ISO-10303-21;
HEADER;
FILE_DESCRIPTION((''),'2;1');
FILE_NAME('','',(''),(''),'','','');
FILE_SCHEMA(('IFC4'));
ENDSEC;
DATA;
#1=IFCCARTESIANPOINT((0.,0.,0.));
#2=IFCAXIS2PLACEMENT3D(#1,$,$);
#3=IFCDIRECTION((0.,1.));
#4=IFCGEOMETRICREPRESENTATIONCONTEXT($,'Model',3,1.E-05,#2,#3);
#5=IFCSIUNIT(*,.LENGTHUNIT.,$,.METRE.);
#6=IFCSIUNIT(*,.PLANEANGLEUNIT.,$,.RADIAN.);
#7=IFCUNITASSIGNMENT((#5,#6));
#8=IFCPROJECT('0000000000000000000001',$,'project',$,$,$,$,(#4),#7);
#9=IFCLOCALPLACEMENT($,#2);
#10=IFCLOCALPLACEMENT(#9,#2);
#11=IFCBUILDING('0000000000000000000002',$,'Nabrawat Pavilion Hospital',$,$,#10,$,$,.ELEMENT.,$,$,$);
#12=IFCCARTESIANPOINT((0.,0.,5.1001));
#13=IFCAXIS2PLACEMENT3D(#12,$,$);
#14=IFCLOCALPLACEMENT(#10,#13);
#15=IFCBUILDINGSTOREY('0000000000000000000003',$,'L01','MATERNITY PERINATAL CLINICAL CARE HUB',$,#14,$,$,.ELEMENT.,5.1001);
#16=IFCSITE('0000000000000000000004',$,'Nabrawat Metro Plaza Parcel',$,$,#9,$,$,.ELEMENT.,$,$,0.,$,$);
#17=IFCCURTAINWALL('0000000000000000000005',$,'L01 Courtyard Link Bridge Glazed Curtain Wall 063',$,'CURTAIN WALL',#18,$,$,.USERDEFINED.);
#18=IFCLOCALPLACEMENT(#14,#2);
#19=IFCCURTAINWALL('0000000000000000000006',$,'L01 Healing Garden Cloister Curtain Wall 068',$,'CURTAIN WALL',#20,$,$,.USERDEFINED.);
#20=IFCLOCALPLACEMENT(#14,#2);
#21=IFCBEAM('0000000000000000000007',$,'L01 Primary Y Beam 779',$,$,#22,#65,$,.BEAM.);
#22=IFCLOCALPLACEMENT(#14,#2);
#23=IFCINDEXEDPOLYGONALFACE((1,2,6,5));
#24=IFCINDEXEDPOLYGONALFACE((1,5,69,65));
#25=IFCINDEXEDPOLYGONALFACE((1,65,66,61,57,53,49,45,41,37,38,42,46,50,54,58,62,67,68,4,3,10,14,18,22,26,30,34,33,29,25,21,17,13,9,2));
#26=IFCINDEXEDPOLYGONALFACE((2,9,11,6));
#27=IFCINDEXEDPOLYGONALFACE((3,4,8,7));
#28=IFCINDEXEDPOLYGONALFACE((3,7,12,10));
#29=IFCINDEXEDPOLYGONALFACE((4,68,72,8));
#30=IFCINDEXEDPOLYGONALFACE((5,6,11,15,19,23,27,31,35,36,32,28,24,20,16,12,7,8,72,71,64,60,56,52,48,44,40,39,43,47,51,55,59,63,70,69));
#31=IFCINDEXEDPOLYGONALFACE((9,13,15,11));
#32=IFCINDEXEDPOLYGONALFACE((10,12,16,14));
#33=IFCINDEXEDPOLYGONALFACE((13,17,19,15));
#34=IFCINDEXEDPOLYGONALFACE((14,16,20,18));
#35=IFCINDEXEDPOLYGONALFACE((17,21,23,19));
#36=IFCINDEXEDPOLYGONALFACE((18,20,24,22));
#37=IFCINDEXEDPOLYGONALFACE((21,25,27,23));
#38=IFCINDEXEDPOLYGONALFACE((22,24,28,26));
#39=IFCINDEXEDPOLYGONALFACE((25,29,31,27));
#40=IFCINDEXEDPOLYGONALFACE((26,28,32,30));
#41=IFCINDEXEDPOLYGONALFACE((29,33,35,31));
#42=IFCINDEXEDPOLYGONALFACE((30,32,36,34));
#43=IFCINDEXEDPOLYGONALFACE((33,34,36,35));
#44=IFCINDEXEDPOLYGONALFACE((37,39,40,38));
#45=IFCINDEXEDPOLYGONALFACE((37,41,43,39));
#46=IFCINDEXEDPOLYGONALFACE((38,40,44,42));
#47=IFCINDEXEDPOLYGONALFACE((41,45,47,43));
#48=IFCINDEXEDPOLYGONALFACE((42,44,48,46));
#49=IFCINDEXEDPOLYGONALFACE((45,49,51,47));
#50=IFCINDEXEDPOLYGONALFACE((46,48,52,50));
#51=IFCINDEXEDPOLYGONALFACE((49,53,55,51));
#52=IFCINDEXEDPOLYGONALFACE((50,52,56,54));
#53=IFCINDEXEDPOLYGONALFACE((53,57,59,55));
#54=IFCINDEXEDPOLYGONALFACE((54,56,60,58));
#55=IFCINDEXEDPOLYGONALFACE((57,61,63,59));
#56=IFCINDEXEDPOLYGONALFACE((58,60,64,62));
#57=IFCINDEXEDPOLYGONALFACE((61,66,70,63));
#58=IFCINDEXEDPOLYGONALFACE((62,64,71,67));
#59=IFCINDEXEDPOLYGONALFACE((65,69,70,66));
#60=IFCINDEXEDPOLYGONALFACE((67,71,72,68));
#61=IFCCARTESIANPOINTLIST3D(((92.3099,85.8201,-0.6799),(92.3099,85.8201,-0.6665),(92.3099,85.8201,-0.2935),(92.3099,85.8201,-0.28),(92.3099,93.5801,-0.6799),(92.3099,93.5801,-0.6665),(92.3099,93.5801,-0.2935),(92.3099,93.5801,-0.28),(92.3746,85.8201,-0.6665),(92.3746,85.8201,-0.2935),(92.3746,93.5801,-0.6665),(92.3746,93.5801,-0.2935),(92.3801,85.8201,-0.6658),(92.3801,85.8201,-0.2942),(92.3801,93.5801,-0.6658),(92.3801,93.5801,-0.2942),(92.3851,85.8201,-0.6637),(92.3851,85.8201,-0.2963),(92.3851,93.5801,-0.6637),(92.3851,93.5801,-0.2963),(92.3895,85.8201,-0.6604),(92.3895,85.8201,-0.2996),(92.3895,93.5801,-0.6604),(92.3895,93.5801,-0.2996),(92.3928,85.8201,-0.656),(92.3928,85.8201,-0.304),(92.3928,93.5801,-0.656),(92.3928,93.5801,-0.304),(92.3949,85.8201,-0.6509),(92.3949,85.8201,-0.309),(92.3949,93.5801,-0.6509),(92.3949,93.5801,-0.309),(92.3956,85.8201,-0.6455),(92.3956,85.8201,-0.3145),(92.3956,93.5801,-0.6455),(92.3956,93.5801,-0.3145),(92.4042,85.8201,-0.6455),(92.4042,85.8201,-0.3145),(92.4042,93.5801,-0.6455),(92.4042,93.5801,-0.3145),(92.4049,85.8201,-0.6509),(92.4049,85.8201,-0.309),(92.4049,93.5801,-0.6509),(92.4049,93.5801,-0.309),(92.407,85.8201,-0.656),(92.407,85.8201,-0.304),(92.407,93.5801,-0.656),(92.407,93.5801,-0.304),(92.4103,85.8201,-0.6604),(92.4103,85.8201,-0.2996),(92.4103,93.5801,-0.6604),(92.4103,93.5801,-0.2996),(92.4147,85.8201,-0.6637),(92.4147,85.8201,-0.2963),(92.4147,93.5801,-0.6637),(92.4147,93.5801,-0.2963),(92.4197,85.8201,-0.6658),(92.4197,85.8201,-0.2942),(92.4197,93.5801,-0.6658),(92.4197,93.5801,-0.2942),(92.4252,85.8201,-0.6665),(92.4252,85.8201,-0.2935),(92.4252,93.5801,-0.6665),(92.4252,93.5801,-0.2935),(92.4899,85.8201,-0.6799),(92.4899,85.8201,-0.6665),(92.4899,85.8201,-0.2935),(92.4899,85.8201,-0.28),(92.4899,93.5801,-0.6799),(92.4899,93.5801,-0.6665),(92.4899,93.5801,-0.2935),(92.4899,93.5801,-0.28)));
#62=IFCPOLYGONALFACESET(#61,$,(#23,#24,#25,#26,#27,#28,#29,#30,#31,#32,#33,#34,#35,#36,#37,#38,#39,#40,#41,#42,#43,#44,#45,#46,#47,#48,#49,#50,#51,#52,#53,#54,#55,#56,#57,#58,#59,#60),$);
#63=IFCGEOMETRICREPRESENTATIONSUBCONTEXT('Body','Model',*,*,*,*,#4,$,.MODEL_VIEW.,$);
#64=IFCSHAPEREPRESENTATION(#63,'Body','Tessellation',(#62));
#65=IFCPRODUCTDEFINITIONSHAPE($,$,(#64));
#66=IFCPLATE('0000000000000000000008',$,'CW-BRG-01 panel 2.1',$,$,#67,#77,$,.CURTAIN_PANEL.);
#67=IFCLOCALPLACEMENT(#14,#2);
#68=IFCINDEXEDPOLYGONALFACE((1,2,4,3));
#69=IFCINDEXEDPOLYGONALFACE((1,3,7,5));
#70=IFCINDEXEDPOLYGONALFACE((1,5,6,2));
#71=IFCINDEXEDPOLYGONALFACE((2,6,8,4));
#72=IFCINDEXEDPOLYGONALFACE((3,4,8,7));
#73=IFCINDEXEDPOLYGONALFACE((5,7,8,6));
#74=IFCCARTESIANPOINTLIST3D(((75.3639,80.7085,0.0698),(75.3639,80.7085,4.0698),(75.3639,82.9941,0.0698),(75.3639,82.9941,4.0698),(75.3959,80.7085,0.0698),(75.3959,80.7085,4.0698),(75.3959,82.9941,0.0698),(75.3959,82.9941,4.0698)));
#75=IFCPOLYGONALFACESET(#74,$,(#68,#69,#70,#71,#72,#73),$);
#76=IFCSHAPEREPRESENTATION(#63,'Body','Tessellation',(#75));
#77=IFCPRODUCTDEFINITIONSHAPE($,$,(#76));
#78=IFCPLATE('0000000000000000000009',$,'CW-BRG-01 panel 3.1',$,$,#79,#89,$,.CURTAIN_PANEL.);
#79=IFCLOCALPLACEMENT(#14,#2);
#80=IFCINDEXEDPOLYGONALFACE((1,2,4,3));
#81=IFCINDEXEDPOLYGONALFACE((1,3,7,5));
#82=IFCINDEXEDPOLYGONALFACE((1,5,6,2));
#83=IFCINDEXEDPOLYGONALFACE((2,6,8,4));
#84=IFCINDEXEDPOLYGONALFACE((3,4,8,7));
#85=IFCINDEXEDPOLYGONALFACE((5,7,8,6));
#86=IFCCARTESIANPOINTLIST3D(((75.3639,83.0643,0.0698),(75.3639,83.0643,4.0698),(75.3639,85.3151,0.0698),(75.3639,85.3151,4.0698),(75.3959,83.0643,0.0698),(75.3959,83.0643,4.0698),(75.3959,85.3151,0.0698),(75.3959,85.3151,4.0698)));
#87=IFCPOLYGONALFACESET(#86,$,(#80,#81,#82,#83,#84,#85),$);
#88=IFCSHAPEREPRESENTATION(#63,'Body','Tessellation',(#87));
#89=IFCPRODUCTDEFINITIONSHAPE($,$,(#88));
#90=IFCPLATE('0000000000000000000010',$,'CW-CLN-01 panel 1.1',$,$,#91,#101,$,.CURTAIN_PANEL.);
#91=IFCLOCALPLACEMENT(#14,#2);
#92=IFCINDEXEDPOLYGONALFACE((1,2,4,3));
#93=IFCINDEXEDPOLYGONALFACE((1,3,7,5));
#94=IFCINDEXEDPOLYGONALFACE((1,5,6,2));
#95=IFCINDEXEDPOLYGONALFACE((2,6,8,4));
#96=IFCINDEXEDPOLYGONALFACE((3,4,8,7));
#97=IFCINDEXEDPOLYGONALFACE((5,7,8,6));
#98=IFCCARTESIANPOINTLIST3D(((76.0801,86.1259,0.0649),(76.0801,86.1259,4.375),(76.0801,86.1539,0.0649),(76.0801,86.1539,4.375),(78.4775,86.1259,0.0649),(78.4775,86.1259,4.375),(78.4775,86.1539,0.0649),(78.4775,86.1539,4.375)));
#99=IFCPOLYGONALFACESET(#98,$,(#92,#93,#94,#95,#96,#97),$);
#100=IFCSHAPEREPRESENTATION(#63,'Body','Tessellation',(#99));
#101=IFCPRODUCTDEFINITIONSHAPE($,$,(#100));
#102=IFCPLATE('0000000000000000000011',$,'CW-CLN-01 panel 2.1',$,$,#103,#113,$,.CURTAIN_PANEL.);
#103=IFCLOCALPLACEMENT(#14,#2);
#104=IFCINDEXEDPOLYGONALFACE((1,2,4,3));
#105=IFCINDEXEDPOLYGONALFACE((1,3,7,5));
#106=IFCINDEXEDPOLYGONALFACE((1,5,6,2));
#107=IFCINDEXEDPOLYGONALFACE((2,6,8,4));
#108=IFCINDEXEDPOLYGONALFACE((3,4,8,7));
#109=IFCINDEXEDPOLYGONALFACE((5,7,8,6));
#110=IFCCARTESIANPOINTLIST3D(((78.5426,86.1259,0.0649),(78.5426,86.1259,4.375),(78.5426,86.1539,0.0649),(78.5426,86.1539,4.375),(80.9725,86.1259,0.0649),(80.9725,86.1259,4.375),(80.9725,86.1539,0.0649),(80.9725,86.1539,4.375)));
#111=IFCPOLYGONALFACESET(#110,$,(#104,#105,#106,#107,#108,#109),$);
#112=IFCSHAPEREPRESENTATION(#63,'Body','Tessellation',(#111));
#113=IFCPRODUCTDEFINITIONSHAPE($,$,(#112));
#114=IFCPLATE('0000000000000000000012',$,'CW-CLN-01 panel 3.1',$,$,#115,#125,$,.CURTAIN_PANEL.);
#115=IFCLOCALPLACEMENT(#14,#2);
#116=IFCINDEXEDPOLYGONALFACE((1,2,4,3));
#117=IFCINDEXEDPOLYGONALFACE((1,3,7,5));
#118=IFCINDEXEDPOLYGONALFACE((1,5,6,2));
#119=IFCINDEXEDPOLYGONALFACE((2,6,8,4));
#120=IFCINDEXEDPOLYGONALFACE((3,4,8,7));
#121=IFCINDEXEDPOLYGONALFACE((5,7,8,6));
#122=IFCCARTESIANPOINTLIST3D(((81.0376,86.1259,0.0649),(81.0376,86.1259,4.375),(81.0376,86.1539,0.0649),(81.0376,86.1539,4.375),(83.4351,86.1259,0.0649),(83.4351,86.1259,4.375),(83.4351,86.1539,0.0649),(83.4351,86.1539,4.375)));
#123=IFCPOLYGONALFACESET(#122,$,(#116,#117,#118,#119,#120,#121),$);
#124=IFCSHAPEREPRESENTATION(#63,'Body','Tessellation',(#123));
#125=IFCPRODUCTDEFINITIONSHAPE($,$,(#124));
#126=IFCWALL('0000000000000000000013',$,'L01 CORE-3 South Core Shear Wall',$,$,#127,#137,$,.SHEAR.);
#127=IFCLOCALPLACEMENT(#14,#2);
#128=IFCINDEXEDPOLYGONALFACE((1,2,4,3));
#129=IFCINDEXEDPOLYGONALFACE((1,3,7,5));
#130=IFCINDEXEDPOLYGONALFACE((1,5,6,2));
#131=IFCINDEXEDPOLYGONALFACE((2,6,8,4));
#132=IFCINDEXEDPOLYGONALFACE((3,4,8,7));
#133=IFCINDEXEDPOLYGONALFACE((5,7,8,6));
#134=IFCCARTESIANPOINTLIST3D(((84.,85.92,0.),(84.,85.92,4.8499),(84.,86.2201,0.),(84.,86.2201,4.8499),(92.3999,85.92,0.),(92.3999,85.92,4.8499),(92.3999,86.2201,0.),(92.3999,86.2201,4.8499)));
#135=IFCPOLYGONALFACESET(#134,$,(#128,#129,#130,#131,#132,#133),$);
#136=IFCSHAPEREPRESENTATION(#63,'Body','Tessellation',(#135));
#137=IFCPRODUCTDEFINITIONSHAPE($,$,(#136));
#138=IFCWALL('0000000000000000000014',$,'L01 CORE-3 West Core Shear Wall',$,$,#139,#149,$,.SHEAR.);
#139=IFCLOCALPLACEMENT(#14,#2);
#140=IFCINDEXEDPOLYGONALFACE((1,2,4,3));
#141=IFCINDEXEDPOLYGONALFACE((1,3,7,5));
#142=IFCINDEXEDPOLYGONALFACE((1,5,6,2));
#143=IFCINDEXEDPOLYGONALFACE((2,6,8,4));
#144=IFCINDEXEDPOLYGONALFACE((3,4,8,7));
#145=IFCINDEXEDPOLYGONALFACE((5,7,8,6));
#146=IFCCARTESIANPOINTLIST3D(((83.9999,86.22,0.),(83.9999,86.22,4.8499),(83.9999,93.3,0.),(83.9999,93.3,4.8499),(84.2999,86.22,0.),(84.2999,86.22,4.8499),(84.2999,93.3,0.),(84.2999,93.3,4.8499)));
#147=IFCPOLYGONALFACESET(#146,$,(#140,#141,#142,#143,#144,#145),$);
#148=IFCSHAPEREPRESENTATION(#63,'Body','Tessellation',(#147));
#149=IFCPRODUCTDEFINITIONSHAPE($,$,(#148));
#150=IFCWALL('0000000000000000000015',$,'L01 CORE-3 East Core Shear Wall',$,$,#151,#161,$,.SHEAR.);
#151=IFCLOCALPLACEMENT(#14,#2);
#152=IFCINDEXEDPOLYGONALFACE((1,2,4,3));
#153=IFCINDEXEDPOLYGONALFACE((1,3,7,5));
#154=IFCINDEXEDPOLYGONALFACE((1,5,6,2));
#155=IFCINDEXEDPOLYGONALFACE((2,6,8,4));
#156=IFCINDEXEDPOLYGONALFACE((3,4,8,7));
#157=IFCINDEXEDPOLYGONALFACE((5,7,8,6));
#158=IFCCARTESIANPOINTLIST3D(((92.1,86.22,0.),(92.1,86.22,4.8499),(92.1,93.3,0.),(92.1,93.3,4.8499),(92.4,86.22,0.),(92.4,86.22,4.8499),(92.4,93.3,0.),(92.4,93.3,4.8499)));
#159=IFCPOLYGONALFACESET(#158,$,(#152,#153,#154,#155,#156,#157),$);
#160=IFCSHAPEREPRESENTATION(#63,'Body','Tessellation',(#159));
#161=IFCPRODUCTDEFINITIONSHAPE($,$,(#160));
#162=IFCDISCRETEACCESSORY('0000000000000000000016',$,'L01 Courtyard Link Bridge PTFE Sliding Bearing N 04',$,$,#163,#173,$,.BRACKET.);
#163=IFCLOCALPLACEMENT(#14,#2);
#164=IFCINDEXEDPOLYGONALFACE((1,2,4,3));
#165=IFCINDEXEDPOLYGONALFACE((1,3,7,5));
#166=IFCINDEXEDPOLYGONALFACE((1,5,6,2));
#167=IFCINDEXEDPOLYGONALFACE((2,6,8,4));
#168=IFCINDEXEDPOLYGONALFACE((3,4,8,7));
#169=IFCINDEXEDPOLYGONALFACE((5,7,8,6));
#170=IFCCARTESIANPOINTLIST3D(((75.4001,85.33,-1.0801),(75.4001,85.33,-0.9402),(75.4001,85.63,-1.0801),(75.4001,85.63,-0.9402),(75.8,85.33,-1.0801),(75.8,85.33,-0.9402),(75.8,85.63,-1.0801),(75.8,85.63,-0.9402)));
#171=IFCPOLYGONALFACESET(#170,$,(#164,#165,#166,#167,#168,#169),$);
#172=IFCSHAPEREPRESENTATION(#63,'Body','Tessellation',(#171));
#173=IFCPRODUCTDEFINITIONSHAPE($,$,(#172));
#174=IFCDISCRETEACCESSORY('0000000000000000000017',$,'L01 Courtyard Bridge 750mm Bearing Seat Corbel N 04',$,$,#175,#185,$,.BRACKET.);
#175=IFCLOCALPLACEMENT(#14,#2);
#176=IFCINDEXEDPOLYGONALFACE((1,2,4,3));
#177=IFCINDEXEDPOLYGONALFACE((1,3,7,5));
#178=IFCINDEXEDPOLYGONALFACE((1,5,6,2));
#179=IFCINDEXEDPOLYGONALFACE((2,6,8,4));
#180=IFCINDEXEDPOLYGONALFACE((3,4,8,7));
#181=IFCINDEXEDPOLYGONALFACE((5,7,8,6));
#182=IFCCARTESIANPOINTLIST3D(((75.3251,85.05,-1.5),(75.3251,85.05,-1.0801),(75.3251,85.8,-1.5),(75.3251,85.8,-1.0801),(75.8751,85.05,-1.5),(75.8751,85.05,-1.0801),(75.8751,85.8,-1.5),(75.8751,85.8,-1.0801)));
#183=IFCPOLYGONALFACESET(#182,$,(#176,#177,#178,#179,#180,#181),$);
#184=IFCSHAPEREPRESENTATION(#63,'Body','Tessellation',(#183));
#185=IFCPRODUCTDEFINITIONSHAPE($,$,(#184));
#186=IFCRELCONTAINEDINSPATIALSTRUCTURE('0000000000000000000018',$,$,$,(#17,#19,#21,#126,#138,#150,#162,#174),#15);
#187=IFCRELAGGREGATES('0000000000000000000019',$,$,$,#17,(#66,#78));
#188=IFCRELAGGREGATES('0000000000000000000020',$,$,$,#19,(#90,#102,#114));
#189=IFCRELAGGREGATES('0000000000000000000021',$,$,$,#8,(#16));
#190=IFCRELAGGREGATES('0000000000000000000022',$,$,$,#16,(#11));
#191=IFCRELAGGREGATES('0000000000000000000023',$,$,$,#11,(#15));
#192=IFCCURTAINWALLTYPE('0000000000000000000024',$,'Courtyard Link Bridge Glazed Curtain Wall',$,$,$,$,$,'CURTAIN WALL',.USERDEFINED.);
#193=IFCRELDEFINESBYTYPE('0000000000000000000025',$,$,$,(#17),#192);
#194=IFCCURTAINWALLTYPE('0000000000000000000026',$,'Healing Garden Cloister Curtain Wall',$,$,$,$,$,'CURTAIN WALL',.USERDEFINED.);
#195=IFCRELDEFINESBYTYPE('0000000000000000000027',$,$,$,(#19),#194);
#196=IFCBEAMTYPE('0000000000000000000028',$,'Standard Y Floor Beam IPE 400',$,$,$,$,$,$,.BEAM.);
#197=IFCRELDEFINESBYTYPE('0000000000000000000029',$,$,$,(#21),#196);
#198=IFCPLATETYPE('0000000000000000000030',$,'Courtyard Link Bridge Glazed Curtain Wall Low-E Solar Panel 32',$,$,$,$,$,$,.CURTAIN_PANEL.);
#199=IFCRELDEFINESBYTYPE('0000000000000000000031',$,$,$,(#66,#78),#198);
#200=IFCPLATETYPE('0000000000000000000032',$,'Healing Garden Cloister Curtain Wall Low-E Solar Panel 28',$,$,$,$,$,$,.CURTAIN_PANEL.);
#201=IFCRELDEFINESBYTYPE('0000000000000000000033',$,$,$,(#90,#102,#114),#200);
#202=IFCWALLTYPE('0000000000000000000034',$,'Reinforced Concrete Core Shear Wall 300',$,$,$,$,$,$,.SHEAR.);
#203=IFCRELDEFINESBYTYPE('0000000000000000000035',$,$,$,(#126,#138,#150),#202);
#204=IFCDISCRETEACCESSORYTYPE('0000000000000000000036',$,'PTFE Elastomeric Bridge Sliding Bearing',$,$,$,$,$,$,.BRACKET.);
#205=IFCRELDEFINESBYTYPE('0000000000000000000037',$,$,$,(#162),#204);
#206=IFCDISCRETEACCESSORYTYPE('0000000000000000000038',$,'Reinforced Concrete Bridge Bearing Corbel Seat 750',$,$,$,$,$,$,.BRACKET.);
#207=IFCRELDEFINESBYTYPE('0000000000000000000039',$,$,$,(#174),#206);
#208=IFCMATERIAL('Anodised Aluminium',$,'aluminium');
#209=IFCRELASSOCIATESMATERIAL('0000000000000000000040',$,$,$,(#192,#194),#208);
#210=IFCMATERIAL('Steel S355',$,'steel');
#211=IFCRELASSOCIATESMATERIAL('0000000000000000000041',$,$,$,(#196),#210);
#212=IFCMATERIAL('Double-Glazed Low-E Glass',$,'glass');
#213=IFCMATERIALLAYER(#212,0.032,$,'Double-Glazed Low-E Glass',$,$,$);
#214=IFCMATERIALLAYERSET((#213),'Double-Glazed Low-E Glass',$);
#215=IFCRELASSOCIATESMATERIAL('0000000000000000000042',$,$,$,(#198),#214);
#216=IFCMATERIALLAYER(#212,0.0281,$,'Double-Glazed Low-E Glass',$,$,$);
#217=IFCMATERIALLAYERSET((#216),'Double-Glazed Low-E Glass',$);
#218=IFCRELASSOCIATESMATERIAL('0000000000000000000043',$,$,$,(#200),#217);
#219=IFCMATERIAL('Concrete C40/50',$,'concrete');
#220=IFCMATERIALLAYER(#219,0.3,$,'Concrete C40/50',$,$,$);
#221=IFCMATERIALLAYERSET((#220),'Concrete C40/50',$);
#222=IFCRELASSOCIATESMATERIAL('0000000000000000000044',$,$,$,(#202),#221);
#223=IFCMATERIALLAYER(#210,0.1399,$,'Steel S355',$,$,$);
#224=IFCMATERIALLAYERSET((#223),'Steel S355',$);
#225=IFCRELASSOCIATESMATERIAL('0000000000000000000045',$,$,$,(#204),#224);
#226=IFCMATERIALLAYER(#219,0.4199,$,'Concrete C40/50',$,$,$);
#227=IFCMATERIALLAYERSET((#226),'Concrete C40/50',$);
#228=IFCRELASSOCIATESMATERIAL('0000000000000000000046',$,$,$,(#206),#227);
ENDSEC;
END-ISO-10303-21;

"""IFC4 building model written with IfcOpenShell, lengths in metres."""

from ifc_helpers import new_model, si_unit, direction, frame, frame_2d, origin, origin_2d, place, context, subcontext, project, spatial, rectangle, i_section, extrude, material, layer, layer_set, material_profile, profile_set, type_object, element, aggregate, save


model = new_model("IFC4")

# Units and contexts
model_context = context("Model", 3, precision=1e-05, world=origin(), true_north=direction((0.0, 1.0)))
body_context = subcontext(model_context, "Body", "Model", "MODEL_VIEW")
ifc_project = project(units=[si_unit("LENGTHUNIT", "METRE"), si_unit("PLANEANGLEUNIT", "RADIAN")], contexts=[model_context])

# Site, building, storey
site_placement = place(None, origin())
site = spatial("IfcSite", under=ifc_project, at=site_placement, Name="Nabrawat Metro Plaza Parcel", CompositionType="ELEMENT", RefElevation=0.0)
building_placement = place(site_placement, origin())
building = spatial("IfcBuilding", under=site, at=building_placement, Name="Nabrawat Pavilion Hospital", CompositionType="ELEMENT")
storey_placement = place(building_placement, frame((0.0, 0.0, 5.1001)))
storey = spatial("IfcBuildingStorey", under=building, at=storey_placement, Name="L01", Description="MATERNITY PERINATAL CLINICAL CARE HUB", CompositionType="ELEMENT", Elevation=5.1001)

# Shared definitions
ifc_material_1 = material(Name="Concrete C40/50", Category="concrete")

# Curtain walls
ifc_material_2 = material(Name="Anodised Aluminium", Category="aluminium")
curtain_wall_type_1 = type_object("IfcCurtainWallType", Name="Courtyard Link Bridge Glazed Curtain Wall", ElementType="CURTAIN WALL", PredefinedType="USERDEFINED", material=ifc_material_2)
curtain_wall_1_placement = place(storey_placement, origin())
curtain_wall_1 = element("IfcCurtainWall", 1, at=curtain_wall_1_placement, inside=storey, type_object=curtain_wall_type_1, Name="L01 Courtyard Link Bridge Glazed Curtain Wall 063", ObjectType="CURTAIN WALL", PredefinedType="USERDEFINED")
curtain_wall_type_2 = type_object("IfcCurtainWallType", Name="Healing Garden Cloister Curtain Wall", ElementType="CURTAIN WALL", PredefinedType="USERDEFINED", material=ifc_material_2)
curtain_wall_2_placement = place(storey_placement, origin())
curtain_wall_2 = element("IfcCurtainWall", 2, at=curtain_wall_2_placement, inside=storey, type_object=curtain_wall_type_2, Name="L01 Healing Garden Cloister Curtain Wall 068", ObjectType="CURTAIN WALL", PredefinedType="USERDEFINED")

# Beam
ifc_material_3 = material(Name="Steel S355", Category="steel")
ifc_material_profile_1 = material_profile(ifc_material_3, i_section(OverallWidth=0.1799, OverallDepth=0.3999, WebThickness=0.0085, FlangeThickness=0.0134, FilletRadius=0.021, at=origin_2d()), Name="IPE 400")
ifc_profile_set_1 = profile_set([ifc_material_profile_1], Name="Steel S355")
beam_type_1 = type_object("IfcBeamType", Name="Standard Y Floor Beam IPE 400", PredefinedType="BEAM", material=ifc_profile_set_1)
for number, where, z_axis, x_axis, name in (
    (3, (92.3999, 85.8201, -0.48), (0.0, 1.0, 0.0), (-1.0, 0.0, 0.0), "L01 Primary Y Beam 779"),
):
    element("IfcBeam", number, at=place(storey_placement, frame(where, z_axis=z_axis, x_axis=x_axis)), inside=storey, type_object=beam_type_1, Name=name, PredefinedType="BEAM", context=body_context, shape_type="SweptSolid", body=[
        extrude(i_section(OverallWidth=0.1799, OverallDepth=0.3999, WebThickness=0.0085, FlangeThickness=0.0134, FilletRadius=0.021, at=origin_2d()), origin(), (0.0, 0.0, 1.0), 7.76),
    ])

# Plates
ifc_material_4 = material(Name="Double-Glazed Low-E Glass", Category="glass")
ifc_layer_1 = layer(ifc_material_4, 0.032, Name="Double-Glazed Low-E Glass")
ifc_layer_set_1 = layer_set([ifc_layer_1], Name="Double-Glazed Low-E Glass")
plate_type_1 = type_object("IfcPlateType", Name="Courtyard Link Bridge Glazed Curtain Wall Low-E Solar Panel 32", PredefinedType="CURTAIN_PANEL", material=ifc_layer_set_1)
plate_1_placement = place(storey_placement, frame((75.3799, 81.8513, 0.0698), z_axis=(0.0, 0.0, 1.0), x_axis=(0.0, 1.0, 0.0)))
plate_1 = element("IfcPlate", 4, at=plate_1_placement, type_object=plate_type_1, Name="CW-BRG-01 panel 2.1", PredefinedType="CURTAIN_PANEL", context=body_context, shape_type="SweptSolid", body=[
    extrude(rectangle(XDim=2.2856, YDim=0.032, at=origin_2d()), origin(), (0.0, 0.0, 1.0), 4.0),
])
plate_2_placement = place(storey_placement, frame((75.3799, 84.1897, 0.0698), z_axis=(0.0, 0.0, 1.0), x_axis=(0.0, 1.0, 0.0)))
plate_2 = element("IfcPlate", 5, at=plate_2_placement, type_object=plate_type_1, Name="CW-BRG-01 panel 3.1", PredefinedType="CURTAIN_PANEL", context=body_context, shape_type="SweptSolid", body=[
    extrude(rectangle(XDim=2.2507, YDim=0.032, at=origin_2d()), origin(), (0.0, 0.0, 1.0), 4.0),
])
aggregate(curtain_wall_1, [plate_1, plate_2])
ifc_layer_2 = layer(ifc_material_4, 0.0281, Name="Double-Glazed Low-E Glass")
ifc_layer_set_2 = layer_set([ifc_layer_2], Name="Double-Glazed Low-E Glass")
plate_type_2 = type_object("IfcPlateType", Name="Healing Garden Cloister Curtain Wall Low-E Solar Panel 28", PredefinedType="CURTAIN_PANEL", material=ifc_layer_set_2)
plate_3_placement = place(storey_placement, frame((77.2788, 86.1399, 0.0649), z_axis=(0.0, 0.0, 1.0), x_axis=(1.0, 0.0, 0.0)))
plate_3 = element("IfcPlate", 6, at=plate_3_placement, type_object=plate_type_2, Name="CW-CLN-01 panel 1.1", PredefinedType="CURTAIN_PANEL", context=body_context, shape_type="SweptSolid", body=[
    extrude(rectangle(XDim=2.3975, YDim=0.0281, at=origin_2d()), origin(), (0.0, 0.0, 1.0), 4.3101),
])
plate_4_placement = place(storey_placement, frame((79.7576, 86.1399, 0.0649), z_axis=(0.0, 0.0, 1.0), x_axis=(1.0, 0.0, 0.0)))
plate_4 = element("IfcPlate", 7, at=plate_4_placement, type_object=plate_type_2, Name="CW-CLN-01 panel 2.1", PredefinedType="CURTAIN_PANEL", context=body_context, shape_type="SweptSolid", body=[
    extrude(rectangle(XDim=2.4299, YDim=0.0281, at=origin_2d()), origin(), (0.0, 0.0, 1.0), 4.3101),
])
plate_5_placement = place(storey_placement, frame((82.2363, 86.1399, 0.0649), z_axis=(0.0, 0.0, 1.0), x_axis=(1.0, 0.0, 0.0)))
plate_5 = element("IfcPlate", 8, at=plate_5_placement, type_object=plate_type_2, Name="CW-CLN-01 panel 3.1", PredefinedType="CURTAIN_PANEL", context=body_context, shape_type="SweptSolid", body=[
    extrude(rectangle(XDim=2.3975, YDim=0.0281, at=origin_2d()), origin(), (0.0, 0.0, 1.0), 4.3101),
])
aggregate(curtain_wall_2, [plate_3, plate_4, plate_5])

# Walls
ifc_layer_3 = layer(ifc_material_1, 0.3, Name="Concrete C40/50")
ifc_layer_set_3 = layer_set([ifc_layer_3], Name="Concrete C40/50")
wall_type = type_object("IfcWallType", Name="Reinforced Concrete Core Shear Wall 300", PredefinedType="SHEAR", material=ifc_layer_set_3)
wall_placement = place(storey_placement, frame((84.0, 86.0701, 0.0), z_axis=(0.0, 0.0, 1.0), x_axis=(1.0, 0.0, 0.0)))
element("IfcWall", 9, at=wall_placement, inside=storey, type_object=wall_type, Name="L01 CORE-3 South Core Shear Wall", PredefinedType="SHEAR", context=body_context, shape_type="SweptSolid", body=[
    extrude(rectangle(XDim=8.3999, YDim=0.3, at=frame_2d((4.2, 0.0))), origin(), (0.0, 0.0, 1.0), 4.8499),
])
for number, where, z_axis, x_axis, name in (
    (10, (84.1499, 86.22, 0.0), (0.0, 0.0, 1.0), (0.0, 1.0, 0.0), "L01 CORE-3 West Core Shear Wall"),
    (11, (92.25, 86.22, 0.0), (0.0, 0.0, 1.0), (0.0, 1.0, 0.0), "L01 CORE-3 East Core Shear Wall"),
):
    element("IfcWall", number, at=place(storey_placement, frame(where, z_axis=z_axis, x_axis=x_axis)), inside=storey, type_object=wall_type, Name=name, PredefinedType="SHEAR", context=body_context, shape_type="SweptSolid", body=[
        extrude(rectangle(XDim=7.0801, YDim=0.3, at=frame_2d((3.54, 0.0))), origin(), (0.0, 0.0, 1.0), 4.8499),
    ])

# Discrete accessories
ifc_layer_4 = layer(ifc_material_3, 0.1399, Name="Steel S355")
ifc_layer_set_4 = layer_set([ifc_layer_4], Name="Steel S355")
discrete_accessory_type_1 = type_object("IfcDiscreteAccessoryType", Name="PTFE Elastomeric Bridge Sliding Bearing", PredefinedType="BRACKET", material=ifc_layer_set_4)
discrete_accessory_1_placement = place(storey_placement, frame((75.6001, 85.48, -1.0801), z_axis=(0.0, 0.0, 1.0), x_axis=(1.0, 0.0, 0.0)))
element("IfcDiscreteAccessory", 12, at=discrete_accessory_1_placement, inside=storey, type_object=discrete_accessory_type_1, Name="L01 Courtyard Link Bridge PTFE Sliding Bearing N 04", PredefinedType="BRACKET", context=body_context, shape_type="SweptSolid", body=[
    extrude(rectangle(XDim=0.3999, YDim=0.3, at=origin_2d()), origin(), (0.0, 0.0, 1.0), 0.1399),
])
ifc_layer_5 = layer(ifc_material_1, 0.4199, Name="Concrete C40/50")
ifc_layer_set_5 = layer_set([ifc_layer_5], Name="Concrete C40/50")
discrete_accessory_type_2 = type_object("IfcDiscreteAccessoryType", Name="Reinforced Concrete Bridge Bearing Corbel Seat 750", PredefinedType="BRACKET", material=ifc_layer_set_5)
discrete_accessory_2_placement = place(storey_placement, frame((75.6001, 85.425, -1.5), z_axis=(0.0, 0.0, 1.0), x_axis=(1.0, 0.0, 0.0)))
element("IfcDiscreteAccessory", 13, at=discrete_accessory_2_placement, inside=storey, type_object=discrete_accessory_type_2, Name="L01 Courtyard Bridge 750mm Bearing Seat Corbel N 04", PredefinedType="BRACKET", context=body_context, shape_type="SweptSolid", body=[
    extrude(rectangle(XDim=0.55, YDim=0.75, at=origin_2d()), origin(), (0.0, 0.0, 1.0), 0.4199),
])

save(model, "model.ifc")
